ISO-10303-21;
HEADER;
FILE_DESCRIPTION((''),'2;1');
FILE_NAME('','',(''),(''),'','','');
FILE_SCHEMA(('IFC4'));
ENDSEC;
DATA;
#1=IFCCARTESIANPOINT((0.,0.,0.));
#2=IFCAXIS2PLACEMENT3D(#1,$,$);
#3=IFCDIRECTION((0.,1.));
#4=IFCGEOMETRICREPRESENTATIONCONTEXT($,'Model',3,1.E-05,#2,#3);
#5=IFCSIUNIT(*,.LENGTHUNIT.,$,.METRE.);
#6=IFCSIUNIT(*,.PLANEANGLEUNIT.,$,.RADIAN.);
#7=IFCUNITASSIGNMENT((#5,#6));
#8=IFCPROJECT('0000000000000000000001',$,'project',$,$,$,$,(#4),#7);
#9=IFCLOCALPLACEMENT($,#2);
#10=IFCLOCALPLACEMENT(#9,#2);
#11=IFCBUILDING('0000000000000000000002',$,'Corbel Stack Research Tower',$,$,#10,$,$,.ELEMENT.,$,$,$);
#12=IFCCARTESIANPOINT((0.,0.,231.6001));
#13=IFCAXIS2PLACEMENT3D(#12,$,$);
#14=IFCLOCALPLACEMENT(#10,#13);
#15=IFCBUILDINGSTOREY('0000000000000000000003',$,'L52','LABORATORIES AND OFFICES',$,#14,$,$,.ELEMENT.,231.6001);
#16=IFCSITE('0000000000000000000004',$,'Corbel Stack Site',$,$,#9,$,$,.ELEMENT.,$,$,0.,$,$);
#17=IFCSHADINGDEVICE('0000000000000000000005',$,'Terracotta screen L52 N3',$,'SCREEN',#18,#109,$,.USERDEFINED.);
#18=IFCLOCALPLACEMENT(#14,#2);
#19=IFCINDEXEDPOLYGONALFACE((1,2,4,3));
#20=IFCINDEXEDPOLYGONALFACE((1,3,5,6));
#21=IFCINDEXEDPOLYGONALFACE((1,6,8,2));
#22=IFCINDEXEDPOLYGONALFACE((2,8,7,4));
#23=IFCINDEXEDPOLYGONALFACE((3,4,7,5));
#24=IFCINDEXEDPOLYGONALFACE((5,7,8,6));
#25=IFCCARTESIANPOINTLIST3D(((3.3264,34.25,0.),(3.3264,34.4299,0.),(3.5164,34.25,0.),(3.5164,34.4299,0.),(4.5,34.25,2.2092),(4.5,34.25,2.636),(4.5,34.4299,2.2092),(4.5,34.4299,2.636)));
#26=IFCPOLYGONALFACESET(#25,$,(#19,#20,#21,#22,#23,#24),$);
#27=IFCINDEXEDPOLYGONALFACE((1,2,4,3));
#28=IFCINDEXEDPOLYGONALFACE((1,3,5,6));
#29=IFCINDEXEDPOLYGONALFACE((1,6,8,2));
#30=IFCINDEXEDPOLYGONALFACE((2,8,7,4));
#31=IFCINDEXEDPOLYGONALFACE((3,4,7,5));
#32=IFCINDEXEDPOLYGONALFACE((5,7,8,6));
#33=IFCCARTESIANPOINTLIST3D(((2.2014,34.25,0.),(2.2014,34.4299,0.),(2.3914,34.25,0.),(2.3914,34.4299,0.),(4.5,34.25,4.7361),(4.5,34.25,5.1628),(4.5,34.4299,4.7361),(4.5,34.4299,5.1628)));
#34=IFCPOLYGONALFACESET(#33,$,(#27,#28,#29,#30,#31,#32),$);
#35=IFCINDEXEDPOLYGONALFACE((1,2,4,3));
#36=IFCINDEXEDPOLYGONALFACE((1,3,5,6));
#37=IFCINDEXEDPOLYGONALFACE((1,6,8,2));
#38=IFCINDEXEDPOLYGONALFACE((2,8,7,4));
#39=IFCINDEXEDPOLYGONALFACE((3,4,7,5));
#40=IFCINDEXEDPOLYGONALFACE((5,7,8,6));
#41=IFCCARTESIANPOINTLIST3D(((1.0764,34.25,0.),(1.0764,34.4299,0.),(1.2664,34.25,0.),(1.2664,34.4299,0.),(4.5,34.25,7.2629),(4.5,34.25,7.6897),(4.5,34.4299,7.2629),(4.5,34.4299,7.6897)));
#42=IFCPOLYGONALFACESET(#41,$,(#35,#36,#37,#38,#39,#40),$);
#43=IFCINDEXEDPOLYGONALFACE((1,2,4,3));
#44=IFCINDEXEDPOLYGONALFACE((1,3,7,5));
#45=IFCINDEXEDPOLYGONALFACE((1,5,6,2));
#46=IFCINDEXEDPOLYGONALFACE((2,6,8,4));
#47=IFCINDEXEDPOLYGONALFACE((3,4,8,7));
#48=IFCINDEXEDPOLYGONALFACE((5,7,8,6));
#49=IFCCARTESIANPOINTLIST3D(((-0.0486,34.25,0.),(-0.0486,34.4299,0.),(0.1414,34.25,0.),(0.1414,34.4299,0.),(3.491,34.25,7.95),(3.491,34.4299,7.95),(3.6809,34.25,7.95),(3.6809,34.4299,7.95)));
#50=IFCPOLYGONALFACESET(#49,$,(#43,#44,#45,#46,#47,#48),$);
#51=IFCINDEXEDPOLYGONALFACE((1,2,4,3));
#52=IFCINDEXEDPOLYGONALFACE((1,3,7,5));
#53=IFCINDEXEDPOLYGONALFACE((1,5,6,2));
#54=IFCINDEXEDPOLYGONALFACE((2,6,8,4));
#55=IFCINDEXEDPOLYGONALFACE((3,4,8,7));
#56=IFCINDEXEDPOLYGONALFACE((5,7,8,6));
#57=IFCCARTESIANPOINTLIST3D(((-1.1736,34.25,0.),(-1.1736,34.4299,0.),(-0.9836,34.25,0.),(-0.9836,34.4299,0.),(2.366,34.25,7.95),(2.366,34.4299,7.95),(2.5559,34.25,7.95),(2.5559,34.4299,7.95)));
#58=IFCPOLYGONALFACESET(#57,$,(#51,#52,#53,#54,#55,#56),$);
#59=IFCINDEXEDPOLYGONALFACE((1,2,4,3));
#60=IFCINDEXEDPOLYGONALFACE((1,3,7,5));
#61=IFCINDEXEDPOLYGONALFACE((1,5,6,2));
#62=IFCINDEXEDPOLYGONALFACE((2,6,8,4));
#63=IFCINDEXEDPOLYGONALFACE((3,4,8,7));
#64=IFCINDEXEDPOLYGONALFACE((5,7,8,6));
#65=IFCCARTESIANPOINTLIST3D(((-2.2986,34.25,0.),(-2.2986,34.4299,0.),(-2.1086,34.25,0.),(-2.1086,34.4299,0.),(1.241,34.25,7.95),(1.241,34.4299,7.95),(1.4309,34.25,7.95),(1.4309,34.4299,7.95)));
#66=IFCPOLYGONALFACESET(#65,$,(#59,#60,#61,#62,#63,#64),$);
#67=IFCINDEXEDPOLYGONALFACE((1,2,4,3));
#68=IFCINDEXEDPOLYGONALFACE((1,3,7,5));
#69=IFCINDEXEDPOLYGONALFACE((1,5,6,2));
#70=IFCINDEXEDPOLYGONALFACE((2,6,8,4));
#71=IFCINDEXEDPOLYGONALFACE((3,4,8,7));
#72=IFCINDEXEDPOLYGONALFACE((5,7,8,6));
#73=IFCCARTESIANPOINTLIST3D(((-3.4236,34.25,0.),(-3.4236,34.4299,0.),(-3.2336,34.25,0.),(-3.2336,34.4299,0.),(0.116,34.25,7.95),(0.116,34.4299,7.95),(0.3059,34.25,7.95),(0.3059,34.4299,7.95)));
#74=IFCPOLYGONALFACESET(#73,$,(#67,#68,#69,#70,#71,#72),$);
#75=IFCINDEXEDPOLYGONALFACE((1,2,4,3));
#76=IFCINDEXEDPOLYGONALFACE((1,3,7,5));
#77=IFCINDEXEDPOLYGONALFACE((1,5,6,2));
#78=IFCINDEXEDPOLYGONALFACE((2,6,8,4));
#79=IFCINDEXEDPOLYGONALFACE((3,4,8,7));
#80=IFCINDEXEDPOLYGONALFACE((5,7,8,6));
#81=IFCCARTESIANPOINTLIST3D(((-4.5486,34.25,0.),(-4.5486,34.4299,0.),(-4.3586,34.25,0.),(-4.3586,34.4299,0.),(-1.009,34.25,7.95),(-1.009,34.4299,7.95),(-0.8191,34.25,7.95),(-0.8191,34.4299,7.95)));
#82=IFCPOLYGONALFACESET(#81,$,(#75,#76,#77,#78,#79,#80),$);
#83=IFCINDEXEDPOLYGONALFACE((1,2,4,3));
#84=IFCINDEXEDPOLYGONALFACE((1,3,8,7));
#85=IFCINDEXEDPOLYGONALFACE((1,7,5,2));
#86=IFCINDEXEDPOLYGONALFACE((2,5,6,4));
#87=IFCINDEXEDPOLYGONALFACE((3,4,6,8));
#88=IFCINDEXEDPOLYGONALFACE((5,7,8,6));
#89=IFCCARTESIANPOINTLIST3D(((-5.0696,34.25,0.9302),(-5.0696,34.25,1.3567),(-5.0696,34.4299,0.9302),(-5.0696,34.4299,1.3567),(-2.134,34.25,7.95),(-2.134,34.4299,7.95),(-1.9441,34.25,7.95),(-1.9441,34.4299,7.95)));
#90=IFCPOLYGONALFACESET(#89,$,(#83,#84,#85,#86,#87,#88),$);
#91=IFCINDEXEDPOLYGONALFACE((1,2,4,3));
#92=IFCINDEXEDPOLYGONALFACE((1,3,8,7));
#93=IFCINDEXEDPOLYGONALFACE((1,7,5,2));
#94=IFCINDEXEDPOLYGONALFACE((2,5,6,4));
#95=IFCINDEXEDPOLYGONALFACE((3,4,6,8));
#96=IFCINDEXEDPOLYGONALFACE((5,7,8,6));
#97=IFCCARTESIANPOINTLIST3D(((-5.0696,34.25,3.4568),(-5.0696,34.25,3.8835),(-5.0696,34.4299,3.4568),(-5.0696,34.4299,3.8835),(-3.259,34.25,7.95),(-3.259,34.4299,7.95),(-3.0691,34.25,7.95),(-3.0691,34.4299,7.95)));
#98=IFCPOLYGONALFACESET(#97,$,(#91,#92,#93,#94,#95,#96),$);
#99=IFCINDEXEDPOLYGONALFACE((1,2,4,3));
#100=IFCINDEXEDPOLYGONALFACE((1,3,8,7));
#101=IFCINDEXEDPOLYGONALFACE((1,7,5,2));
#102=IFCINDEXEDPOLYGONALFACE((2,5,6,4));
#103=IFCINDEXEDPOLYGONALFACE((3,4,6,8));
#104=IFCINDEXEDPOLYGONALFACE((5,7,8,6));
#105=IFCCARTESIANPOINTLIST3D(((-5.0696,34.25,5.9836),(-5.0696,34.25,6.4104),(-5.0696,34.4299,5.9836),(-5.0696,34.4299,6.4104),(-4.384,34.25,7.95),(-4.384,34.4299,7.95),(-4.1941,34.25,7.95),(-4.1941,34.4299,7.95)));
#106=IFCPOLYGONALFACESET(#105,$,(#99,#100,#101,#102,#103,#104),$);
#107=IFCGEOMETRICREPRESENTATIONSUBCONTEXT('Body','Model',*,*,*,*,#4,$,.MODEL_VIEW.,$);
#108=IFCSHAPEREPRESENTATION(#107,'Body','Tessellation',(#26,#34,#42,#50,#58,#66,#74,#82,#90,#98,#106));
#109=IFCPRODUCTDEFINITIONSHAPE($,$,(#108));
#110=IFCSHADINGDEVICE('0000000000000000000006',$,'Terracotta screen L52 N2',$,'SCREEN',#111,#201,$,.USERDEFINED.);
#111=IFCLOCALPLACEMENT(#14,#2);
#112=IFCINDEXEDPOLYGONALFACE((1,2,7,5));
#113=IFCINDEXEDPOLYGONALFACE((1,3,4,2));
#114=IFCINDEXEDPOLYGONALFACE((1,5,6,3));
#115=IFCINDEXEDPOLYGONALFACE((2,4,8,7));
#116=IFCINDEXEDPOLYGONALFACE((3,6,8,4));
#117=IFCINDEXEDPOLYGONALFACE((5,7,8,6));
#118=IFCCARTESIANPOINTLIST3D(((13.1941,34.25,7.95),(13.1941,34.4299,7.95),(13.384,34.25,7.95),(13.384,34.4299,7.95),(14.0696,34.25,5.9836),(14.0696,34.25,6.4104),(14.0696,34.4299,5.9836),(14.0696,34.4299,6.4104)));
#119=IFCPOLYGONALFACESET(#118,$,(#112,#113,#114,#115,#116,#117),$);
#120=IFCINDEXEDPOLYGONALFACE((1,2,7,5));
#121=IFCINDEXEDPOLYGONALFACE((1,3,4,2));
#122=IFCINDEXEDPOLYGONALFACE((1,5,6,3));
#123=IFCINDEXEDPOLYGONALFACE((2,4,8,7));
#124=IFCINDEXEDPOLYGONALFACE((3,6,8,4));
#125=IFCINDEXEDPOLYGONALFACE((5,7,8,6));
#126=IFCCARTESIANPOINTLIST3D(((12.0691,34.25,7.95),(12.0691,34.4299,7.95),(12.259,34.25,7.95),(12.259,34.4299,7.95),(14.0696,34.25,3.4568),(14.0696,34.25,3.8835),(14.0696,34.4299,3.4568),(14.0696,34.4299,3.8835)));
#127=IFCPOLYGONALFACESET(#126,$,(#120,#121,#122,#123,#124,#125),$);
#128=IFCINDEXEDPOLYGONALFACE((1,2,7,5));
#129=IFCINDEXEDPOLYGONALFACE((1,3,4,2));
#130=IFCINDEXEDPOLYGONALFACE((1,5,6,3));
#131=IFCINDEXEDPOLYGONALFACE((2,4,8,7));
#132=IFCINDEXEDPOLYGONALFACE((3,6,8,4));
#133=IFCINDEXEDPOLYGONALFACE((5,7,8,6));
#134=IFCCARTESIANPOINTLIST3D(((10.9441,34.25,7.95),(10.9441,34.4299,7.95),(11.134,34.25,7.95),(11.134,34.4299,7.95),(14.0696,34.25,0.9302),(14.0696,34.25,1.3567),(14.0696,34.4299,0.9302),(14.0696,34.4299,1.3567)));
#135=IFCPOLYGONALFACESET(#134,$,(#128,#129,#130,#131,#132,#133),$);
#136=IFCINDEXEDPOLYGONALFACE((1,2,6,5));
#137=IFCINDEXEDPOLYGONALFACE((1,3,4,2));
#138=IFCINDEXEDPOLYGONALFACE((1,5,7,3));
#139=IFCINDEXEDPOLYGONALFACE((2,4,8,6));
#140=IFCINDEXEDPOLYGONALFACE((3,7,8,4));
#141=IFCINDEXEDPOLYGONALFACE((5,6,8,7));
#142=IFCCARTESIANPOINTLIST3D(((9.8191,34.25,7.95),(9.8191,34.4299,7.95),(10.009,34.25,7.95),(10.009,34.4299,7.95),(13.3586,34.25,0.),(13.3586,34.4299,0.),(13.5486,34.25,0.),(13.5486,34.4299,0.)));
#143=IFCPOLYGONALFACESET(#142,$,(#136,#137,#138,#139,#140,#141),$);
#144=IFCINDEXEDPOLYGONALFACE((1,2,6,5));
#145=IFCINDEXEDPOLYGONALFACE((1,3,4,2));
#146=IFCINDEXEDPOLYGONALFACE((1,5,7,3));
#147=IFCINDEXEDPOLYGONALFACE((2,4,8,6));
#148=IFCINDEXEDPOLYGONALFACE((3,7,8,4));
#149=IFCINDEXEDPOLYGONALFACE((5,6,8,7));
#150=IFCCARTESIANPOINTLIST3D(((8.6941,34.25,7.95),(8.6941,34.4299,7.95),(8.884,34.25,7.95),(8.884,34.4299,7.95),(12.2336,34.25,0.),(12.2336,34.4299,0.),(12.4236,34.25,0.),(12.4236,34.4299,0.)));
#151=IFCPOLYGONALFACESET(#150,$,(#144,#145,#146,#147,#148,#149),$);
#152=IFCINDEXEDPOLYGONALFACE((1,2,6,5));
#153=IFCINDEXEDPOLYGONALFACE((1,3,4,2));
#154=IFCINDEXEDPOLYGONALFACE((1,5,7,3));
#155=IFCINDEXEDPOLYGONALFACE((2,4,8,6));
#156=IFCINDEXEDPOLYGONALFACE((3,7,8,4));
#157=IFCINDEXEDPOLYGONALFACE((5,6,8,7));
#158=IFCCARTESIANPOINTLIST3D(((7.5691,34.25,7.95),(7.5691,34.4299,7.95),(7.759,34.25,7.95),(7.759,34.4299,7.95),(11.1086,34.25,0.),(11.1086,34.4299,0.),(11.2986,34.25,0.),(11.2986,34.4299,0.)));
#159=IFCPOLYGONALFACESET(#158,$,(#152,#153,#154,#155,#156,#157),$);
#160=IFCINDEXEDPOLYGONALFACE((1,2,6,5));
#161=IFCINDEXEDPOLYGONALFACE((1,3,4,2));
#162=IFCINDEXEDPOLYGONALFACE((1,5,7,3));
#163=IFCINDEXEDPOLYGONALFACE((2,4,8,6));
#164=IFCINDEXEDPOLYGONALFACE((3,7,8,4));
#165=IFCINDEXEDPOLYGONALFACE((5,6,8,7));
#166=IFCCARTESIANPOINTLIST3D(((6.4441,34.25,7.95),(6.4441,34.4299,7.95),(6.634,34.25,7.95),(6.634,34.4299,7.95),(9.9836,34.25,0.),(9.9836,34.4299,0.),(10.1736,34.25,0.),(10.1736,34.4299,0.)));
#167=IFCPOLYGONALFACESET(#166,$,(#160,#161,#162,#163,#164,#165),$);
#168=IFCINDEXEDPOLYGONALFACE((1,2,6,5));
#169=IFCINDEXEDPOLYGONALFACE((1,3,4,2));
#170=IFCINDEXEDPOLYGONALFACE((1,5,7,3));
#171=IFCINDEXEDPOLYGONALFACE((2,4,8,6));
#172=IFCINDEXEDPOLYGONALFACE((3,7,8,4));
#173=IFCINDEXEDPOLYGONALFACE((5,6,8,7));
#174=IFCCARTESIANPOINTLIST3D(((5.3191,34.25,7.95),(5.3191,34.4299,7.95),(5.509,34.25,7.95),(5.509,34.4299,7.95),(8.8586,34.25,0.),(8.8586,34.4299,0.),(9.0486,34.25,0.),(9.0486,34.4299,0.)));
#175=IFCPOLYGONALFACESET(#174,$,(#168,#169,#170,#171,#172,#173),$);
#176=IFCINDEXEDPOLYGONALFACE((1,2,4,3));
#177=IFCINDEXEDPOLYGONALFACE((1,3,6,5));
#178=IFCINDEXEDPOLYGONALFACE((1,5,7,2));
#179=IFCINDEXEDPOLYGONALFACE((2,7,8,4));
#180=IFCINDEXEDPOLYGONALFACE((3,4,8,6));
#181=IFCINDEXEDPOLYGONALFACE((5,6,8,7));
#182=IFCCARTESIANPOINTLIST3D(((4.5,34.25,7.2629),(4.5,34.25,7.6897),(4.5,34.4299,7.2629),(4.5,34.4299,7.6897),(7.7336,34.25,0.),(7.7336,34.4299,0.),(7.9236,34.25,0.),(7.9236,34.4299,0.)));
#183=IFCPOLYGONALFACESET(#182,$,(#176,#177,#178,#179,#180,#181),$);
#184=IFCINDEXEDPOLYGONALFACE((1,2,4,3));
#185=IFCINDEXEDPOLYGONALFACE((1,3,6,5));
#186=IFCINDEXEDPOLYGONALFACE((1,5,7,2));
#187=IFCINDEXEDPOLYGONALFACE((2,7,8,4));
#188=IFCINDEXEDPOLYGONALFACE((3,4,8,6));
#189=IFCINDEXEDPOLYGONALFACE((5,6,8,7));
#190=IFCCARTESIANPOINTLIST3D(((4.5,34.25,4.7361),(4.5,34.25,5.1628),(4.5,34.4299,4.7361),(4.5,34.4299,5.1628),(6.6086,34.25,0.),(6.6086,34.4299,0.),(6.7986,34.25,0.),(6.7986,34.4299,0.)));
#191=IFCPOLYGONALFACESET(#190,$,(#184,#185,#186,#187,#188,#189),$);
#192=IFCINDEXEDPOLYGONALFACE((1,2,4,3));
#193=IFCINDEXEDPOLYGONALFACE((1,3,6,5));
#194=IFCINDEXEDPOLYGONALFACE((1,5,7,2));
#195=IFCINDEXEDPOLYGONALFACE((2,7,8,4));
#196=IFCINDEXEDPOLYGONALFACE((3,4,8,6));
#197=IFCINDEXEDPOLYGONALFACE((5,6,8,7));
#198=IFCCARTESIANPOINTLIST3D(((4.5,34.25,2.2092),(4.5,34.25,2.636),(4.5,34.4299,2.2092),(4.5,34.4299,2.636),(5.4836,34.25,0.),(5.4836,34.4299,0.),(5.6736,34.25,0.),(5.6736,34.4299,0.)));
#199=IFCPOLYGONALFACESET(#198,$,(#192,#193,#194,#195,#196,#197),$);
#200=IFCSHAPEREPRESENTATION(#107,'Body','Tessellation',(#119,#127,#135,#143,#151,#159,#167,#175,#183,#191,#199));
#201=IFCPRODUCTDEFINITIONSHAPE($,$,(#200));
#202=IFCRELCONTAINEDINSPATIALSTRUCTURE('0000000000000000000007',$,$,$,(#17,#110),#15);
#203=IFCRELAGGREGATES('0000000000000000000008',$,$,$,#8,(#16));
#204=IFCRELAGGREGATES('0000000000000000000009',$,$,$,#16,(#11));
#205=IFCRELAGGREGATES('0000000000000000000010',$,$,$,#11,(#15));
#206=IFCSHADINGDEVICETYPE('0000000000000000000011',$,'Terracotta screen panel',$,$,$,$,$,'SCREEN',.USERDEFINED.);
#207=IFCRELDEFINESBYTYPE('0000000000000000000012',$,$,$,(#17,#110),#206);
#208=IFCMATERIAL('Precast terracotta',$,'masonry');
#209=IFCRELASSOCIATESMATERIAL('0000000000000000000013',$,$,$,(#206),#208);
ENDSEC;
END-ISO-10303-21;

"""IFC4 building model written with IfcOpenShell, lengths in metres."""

from ifc_helpers import new_model, si_unit, direction, frame, origin, place, context, subcontext, project, spatial, polyline, outline, extrude, source, transform, mapped, material, type_object, element, save


model = new_model("IFC4")

# Units and contexts
model_context = context("Model", 3, precision=1e-05, world=origin(), true_north=direction((0.0, 1.0)))
body_context = subcontext(model_context, "Body", "Model", "MODEL_VIEW")
ifc_project = project(units=[si_unit("LENGTHUNIT", "METRE"), si_unit("PLANEANGLEUNIT", "RADIAN")], contexts=[model_context])

# Site, building, storey
site_placement = place(None, origin())
site = spatial("IfcSite", under=ifc_project, at=site_placement, Name="Corbel Stack Site", CompositionType="ELEMENT", RefElevation=0.0)
building_placement = place(site_placement, origin())
building = spatial("IfcBuilding", under=site, at=building_placement, Name="Corbel Stack Research Tower", CompositionType="ELEMENT")
storey_placement = place(building_placement, frame((0.0, 0.0, 231.6001)))
storey = spatial("IfcBuildingStorey", under=building, at=storey_placement, Name="L52", Description="LABORATORIES AND OFFICES", CompositionType="ELEMENT", Elevation=231.6001)

# Shading devices
ifc_material_1 = material(Name="Precast terracotta", Category="masonry")
shading_device_type = type_object("IfcShadingDeviceType", Name="Terracotta screen panel", ElementType="SCREEN", PredefinedType="USERDEFINED", material=ifc_material_1)
shared_shape_1 = source(origin(), body_context, "Body", "SweptSolid", [
    extrude(outline(polyline([(1.1736, 0.0), (0.0, 2.636), (0.0, 2.2092), (0.9836, 0.0), (1.1736, 0.0)])), frame((0.0, 0.0, 0.0), z_axis=(0.0, -1.0, 0.0), x_axis=(1.0, 0.0, 0.0)), (0.0, 0.0, 1.0), 0.1799),
    extrude(outline(polyline([(2.2986, 0.0), (0.0, 5.1628), (0.0, 4.7361), (2.1086, 0.0), (2.2986, 0.0)])), frame((0.0, 0.0, 0.0), z_axis=(0.0, -1.0, 0.0), x_axis=(1.0, 0.0, 0.0)), (0.0, 0.0, 1.0), 0.1799),
    extrude(outline(polyline([(3.4236, 0.0), (0.0, 7.6897), (0.0, 7.2629), (3.2336, 0.0), (3.4236, 0.0)])), frame((0.0, 0.0, 0.0), z_axis=(0.0, -1.0, 0.0), x_axis=(1.0, 0.0, 0.0)), (0.0, 0.0, 1.0), 0.1799),
    extrude(outline(polyline([(4.5486, 0.0), (1.009, 7.95), (0.8191, 7.95), (4.3586, 0.0), (4.5486, 0.0)])), frame((0.0, 0.0, 0.0), z_axis=(0.0, -1.0, 0.0), x_axis=(1.0, 0.0, 0.0)), (0.0, 0.0, 1.0), 0.1799),
    extrude(outline(polyline([(5.6736, 0.0), (2.134, 7.95), (1.9441, 7.95), (5.4836, 0.0), (5.6736, 0.0)])), frame((0.0, 0.0, 0.0), z_axis=(0.0, -1.0, 0.0), x_axis=(1.0, 0.0, 0.0)), (0.0, 0.0, 1.0), 0.1799),
    extrude(outline(polyline([(6.7986, 0.0), (3.259, 7.95), (3.0691, 7.95), (6.6086, 0.0), (6.7986, 0.0)])), frame((0.0, 0.0, 0.0), z_axis=(0.0, -1.0, 0.0), x_axis=(1.0, 0.0, 0.0)), (0.0, 0.0, 1.0), 0.1799),
    extrude(outline(polyline([(7.9236, 0.0), (4.384, 7.95), (4.1941, 7.95), (7.7336, 0.0), (7.9236, 0.0)])), frame((0.0, 0.0, 0.0), z_axis=(0.0, -1.0, 0.0), x_axis=(1.0, 0.0, 0.0)), (0.0, 0.0, 1.0), 0.1799),
    extrude(outline(polyline([(9.0486, 0.0), (5.509, 7.95), (5.3191, 7.95), (8.8586, 0.0), (9.0486, 0.0)])), frame((0.0, 0.0, 0.0), z_axis=(0.0, -1.0, 0.0), x_axis=(1.0, 0.0, 0.0)), (0.0, 0.0, 1.0), 0.1799),
    extrude(outline(polyline([(6.634, 7.95), (6.4441, 7.95), (9.5696, 0.9302), (9.5696, 1.3567), (6.634, 7.95)])), frame((0.0, 0.0, 0.0), z_axis=(0.0, -1.0, 0.0), x_axis=(1.0, 0.0, 0.0)), (0.0, 0.0, 1.0), 0.1799),
    extrude(outline(polyline([(7.759, 7.95), (7.5691, 7.95), (9.5696, 3.4568), (9.5696, 3.8835), (7.759, 7.95)])), frame((0.0, 0.0, 0.0), z_axis=(0.0, -1.0, 0.0), x_axis=(1.0, 0.0, 0.0)), (0.0, 0.0, 1.0), 0.1799),
    extrude(outline(polyline([(8.884, 7.95), (8.6941, 7.95), (9.5696, 5.9836), (9.5696, 6.4104), (8.884, 7.95)])), frame((0.0, 0.0, 0.0), z_axis=(0.0, -1.0, 0.0), x_axis=(1.0, 0.0, 0.0)), (0.0, 0.0, 1.0), 0.1799),
])
shading_device_1_placement = place(storey_placement, frame((4.5, 34.25, 0.0), z_axis=(0.0, 0.0, 1.0), x_axis=(-1.0, 0.0, 0.0)))
element("IfcShadingDevice", 1, at=shading_device_1_placement, inside=storey, type_object=shading_device_type, Name="Terracotta screen L52 N3", ObjectType="SCREEN", PredefinedType="USERDEFINED", context=body_context, shape_type="MappedRepresentation", body=[
    mapped(shared_shape_1, transform((0.0, 0.0, 0.0))),
])
shared_shape_2 = source(origin(), body_context, "Body", "SweptSolid", [
    extrude(outline(polyline([(0.8755, 7.95), (0.6855, 7.95), (0.0, 6.4104), (0.0, 5.9836), (0.8755, 7.95)])), frame((0.0, 0.0, 0.0), z_axis=(0.0, -1.0, 0.0), x_axis=(1.0, 0.0, 0.0)), (0.0, 0.0, 1.0), 0.1799),
    extrude(outline(polyline([(2.0005, 7.95), (1.8105, 7.95), (0.0, 3.8835), (0.0, 3.4568), (2.0005, 7.95)])), frame((0.0, 0.0, 0.0), z_axis=(0.0, -1.0, 0.0), x_axis=(1.0, 0.0, 0.0)), (0.0, 0.0, 1.0), 0.1799),
    extrude(outline(polyline([(3.1255, 7.95), (2.9355, 7.95), (0.0, 1.3567), (0.0, 0.9302), (3.1255, 7.95)])), frame((0.0, 0.0, 0.0), z_axis=(0.0, -1.0, 0.0), x_axis=(1.0, 0.0, 0.0)), (0.0, 0.0, 1.0), 0.1799),
    extrude(outline(polyline([(0.7109, 0.0), (4.2505, 7.95), (4.0605, 7.95), (0.521, 0.0), (0.7109, 0.0)])), frame((0.0, 0.0, 0.0), z_axis=(0.0, -1.0, 0.0), x_axis=(1.0, 0.0, 0.0)), (0.0, 0.0, 1.0), 0.1799),
    extrude(outline(polyline([(1.8359, 0.0), (5.3755, 7.95), (5.1855, 7.95), (1.646, 0.0), (1.8359, 0.0)])), frame((0.0, 0.0, 0.0), z_axis=(0.0, -1.0, 0.0), x_axis=(1.0, 0.0, 0.0)), (0.0, 0.0, 1.0), 0.1799),
    extrude(outline(polyline([(2.9609, 0.0), (6.5005, 7.95), (6.3105, 7.95), (2.771, 0.0), (2.9609, 0.0)])), frame((0.0, 0.0, 0.0), z_axis=(0.0, -1.0, 0.0), x_axis=(1.0, 0.0, 0.0)), (0.0, 0.0, 1.0), 0.1799),
    extrude(outline(polyline([(4.0859, 0.0), (7.6255, 7.95), (7.4355, 7.95), (3.896, 0.0), (4.0859, 0.0)])), frame((0.0, 0.0, 0.0), z_axis=(0.0, -1.0, 0.0), x_axis=(1.0, 0.0, 0.0)), (0.0, 0.0, 1.0), 0.1799),
    extrude(outline(polyline([(5.2109, 0.0), (8.7505, 7.95), (8.5605, 7.95), (5.021, 0.0), (5.2109, 0.0)])), frame((0.0, 0.0, 0.0), z_axis=(0.0, -1.0, 0.0), x_axis=(1.0, 0.0, 0.0)), (0.0, 0.0, 1.0), 0.1799),
    extrude(outline(polyline([(6.3359, 0.0), (9.5696, 7.2629), (9.5696, 7.6897), (6.146, 0.0), (6.3359, 0.0)])), frame((0.0, 0.0, 0.0), z_axis=(0.0, -1.0, 0.0), x_axis=(1.0, 0.0, 0.0)), (0.0, 0.0, 1.0), 0.1799),
    extrude(outline(polyline([(7.4609, 0.0), (9.5696, 4.7361), (9.5696, 5.1628), (7.271, 0.0), (7.4609, 0.0)])), frame((0.0, 0.0, 0.0), z_axis=(0.0, -1.0, 0.0), x_axis=(1.0, 0.0, 0.0)), (0.0, 0.0, 1.0), 0.1799),
    extrude(outline(polyline([(8.5859, 0.0), (9.5696, 2.2092), (9.5696, 2.636), (8.396, 0.0), (8.5859, 0.0)])), frame((0.0, 0.0, 0.0), z_axis=(0.0, -1.0, 0.0), x_axis=(1.0, 0.0, 0.0)), (0.0, 0.0, 1.0), 0.1799),
])
shading_device_2_placement = place(storey_placement, frame((14.0696, 34.25, 0.0), z_axis=(0.0, 0.0, 1.0), x_axis=(-1.0, 0.0, 0.0)))
element("IfcShadingDevice", 2, at=shading_device_2_placement, inside=storey, type_object=shading_device_type, Name="Terracotta screen L52 N2", ObjectType="SCREEN", PredefinedType="USERDEFINED", context=body_context, shape_type="MappedRepresentation", body=[
    mapped(shared_shape_2, transform((0.0, 0.0, 0.0))),
])

save(model, "model.ifc")
